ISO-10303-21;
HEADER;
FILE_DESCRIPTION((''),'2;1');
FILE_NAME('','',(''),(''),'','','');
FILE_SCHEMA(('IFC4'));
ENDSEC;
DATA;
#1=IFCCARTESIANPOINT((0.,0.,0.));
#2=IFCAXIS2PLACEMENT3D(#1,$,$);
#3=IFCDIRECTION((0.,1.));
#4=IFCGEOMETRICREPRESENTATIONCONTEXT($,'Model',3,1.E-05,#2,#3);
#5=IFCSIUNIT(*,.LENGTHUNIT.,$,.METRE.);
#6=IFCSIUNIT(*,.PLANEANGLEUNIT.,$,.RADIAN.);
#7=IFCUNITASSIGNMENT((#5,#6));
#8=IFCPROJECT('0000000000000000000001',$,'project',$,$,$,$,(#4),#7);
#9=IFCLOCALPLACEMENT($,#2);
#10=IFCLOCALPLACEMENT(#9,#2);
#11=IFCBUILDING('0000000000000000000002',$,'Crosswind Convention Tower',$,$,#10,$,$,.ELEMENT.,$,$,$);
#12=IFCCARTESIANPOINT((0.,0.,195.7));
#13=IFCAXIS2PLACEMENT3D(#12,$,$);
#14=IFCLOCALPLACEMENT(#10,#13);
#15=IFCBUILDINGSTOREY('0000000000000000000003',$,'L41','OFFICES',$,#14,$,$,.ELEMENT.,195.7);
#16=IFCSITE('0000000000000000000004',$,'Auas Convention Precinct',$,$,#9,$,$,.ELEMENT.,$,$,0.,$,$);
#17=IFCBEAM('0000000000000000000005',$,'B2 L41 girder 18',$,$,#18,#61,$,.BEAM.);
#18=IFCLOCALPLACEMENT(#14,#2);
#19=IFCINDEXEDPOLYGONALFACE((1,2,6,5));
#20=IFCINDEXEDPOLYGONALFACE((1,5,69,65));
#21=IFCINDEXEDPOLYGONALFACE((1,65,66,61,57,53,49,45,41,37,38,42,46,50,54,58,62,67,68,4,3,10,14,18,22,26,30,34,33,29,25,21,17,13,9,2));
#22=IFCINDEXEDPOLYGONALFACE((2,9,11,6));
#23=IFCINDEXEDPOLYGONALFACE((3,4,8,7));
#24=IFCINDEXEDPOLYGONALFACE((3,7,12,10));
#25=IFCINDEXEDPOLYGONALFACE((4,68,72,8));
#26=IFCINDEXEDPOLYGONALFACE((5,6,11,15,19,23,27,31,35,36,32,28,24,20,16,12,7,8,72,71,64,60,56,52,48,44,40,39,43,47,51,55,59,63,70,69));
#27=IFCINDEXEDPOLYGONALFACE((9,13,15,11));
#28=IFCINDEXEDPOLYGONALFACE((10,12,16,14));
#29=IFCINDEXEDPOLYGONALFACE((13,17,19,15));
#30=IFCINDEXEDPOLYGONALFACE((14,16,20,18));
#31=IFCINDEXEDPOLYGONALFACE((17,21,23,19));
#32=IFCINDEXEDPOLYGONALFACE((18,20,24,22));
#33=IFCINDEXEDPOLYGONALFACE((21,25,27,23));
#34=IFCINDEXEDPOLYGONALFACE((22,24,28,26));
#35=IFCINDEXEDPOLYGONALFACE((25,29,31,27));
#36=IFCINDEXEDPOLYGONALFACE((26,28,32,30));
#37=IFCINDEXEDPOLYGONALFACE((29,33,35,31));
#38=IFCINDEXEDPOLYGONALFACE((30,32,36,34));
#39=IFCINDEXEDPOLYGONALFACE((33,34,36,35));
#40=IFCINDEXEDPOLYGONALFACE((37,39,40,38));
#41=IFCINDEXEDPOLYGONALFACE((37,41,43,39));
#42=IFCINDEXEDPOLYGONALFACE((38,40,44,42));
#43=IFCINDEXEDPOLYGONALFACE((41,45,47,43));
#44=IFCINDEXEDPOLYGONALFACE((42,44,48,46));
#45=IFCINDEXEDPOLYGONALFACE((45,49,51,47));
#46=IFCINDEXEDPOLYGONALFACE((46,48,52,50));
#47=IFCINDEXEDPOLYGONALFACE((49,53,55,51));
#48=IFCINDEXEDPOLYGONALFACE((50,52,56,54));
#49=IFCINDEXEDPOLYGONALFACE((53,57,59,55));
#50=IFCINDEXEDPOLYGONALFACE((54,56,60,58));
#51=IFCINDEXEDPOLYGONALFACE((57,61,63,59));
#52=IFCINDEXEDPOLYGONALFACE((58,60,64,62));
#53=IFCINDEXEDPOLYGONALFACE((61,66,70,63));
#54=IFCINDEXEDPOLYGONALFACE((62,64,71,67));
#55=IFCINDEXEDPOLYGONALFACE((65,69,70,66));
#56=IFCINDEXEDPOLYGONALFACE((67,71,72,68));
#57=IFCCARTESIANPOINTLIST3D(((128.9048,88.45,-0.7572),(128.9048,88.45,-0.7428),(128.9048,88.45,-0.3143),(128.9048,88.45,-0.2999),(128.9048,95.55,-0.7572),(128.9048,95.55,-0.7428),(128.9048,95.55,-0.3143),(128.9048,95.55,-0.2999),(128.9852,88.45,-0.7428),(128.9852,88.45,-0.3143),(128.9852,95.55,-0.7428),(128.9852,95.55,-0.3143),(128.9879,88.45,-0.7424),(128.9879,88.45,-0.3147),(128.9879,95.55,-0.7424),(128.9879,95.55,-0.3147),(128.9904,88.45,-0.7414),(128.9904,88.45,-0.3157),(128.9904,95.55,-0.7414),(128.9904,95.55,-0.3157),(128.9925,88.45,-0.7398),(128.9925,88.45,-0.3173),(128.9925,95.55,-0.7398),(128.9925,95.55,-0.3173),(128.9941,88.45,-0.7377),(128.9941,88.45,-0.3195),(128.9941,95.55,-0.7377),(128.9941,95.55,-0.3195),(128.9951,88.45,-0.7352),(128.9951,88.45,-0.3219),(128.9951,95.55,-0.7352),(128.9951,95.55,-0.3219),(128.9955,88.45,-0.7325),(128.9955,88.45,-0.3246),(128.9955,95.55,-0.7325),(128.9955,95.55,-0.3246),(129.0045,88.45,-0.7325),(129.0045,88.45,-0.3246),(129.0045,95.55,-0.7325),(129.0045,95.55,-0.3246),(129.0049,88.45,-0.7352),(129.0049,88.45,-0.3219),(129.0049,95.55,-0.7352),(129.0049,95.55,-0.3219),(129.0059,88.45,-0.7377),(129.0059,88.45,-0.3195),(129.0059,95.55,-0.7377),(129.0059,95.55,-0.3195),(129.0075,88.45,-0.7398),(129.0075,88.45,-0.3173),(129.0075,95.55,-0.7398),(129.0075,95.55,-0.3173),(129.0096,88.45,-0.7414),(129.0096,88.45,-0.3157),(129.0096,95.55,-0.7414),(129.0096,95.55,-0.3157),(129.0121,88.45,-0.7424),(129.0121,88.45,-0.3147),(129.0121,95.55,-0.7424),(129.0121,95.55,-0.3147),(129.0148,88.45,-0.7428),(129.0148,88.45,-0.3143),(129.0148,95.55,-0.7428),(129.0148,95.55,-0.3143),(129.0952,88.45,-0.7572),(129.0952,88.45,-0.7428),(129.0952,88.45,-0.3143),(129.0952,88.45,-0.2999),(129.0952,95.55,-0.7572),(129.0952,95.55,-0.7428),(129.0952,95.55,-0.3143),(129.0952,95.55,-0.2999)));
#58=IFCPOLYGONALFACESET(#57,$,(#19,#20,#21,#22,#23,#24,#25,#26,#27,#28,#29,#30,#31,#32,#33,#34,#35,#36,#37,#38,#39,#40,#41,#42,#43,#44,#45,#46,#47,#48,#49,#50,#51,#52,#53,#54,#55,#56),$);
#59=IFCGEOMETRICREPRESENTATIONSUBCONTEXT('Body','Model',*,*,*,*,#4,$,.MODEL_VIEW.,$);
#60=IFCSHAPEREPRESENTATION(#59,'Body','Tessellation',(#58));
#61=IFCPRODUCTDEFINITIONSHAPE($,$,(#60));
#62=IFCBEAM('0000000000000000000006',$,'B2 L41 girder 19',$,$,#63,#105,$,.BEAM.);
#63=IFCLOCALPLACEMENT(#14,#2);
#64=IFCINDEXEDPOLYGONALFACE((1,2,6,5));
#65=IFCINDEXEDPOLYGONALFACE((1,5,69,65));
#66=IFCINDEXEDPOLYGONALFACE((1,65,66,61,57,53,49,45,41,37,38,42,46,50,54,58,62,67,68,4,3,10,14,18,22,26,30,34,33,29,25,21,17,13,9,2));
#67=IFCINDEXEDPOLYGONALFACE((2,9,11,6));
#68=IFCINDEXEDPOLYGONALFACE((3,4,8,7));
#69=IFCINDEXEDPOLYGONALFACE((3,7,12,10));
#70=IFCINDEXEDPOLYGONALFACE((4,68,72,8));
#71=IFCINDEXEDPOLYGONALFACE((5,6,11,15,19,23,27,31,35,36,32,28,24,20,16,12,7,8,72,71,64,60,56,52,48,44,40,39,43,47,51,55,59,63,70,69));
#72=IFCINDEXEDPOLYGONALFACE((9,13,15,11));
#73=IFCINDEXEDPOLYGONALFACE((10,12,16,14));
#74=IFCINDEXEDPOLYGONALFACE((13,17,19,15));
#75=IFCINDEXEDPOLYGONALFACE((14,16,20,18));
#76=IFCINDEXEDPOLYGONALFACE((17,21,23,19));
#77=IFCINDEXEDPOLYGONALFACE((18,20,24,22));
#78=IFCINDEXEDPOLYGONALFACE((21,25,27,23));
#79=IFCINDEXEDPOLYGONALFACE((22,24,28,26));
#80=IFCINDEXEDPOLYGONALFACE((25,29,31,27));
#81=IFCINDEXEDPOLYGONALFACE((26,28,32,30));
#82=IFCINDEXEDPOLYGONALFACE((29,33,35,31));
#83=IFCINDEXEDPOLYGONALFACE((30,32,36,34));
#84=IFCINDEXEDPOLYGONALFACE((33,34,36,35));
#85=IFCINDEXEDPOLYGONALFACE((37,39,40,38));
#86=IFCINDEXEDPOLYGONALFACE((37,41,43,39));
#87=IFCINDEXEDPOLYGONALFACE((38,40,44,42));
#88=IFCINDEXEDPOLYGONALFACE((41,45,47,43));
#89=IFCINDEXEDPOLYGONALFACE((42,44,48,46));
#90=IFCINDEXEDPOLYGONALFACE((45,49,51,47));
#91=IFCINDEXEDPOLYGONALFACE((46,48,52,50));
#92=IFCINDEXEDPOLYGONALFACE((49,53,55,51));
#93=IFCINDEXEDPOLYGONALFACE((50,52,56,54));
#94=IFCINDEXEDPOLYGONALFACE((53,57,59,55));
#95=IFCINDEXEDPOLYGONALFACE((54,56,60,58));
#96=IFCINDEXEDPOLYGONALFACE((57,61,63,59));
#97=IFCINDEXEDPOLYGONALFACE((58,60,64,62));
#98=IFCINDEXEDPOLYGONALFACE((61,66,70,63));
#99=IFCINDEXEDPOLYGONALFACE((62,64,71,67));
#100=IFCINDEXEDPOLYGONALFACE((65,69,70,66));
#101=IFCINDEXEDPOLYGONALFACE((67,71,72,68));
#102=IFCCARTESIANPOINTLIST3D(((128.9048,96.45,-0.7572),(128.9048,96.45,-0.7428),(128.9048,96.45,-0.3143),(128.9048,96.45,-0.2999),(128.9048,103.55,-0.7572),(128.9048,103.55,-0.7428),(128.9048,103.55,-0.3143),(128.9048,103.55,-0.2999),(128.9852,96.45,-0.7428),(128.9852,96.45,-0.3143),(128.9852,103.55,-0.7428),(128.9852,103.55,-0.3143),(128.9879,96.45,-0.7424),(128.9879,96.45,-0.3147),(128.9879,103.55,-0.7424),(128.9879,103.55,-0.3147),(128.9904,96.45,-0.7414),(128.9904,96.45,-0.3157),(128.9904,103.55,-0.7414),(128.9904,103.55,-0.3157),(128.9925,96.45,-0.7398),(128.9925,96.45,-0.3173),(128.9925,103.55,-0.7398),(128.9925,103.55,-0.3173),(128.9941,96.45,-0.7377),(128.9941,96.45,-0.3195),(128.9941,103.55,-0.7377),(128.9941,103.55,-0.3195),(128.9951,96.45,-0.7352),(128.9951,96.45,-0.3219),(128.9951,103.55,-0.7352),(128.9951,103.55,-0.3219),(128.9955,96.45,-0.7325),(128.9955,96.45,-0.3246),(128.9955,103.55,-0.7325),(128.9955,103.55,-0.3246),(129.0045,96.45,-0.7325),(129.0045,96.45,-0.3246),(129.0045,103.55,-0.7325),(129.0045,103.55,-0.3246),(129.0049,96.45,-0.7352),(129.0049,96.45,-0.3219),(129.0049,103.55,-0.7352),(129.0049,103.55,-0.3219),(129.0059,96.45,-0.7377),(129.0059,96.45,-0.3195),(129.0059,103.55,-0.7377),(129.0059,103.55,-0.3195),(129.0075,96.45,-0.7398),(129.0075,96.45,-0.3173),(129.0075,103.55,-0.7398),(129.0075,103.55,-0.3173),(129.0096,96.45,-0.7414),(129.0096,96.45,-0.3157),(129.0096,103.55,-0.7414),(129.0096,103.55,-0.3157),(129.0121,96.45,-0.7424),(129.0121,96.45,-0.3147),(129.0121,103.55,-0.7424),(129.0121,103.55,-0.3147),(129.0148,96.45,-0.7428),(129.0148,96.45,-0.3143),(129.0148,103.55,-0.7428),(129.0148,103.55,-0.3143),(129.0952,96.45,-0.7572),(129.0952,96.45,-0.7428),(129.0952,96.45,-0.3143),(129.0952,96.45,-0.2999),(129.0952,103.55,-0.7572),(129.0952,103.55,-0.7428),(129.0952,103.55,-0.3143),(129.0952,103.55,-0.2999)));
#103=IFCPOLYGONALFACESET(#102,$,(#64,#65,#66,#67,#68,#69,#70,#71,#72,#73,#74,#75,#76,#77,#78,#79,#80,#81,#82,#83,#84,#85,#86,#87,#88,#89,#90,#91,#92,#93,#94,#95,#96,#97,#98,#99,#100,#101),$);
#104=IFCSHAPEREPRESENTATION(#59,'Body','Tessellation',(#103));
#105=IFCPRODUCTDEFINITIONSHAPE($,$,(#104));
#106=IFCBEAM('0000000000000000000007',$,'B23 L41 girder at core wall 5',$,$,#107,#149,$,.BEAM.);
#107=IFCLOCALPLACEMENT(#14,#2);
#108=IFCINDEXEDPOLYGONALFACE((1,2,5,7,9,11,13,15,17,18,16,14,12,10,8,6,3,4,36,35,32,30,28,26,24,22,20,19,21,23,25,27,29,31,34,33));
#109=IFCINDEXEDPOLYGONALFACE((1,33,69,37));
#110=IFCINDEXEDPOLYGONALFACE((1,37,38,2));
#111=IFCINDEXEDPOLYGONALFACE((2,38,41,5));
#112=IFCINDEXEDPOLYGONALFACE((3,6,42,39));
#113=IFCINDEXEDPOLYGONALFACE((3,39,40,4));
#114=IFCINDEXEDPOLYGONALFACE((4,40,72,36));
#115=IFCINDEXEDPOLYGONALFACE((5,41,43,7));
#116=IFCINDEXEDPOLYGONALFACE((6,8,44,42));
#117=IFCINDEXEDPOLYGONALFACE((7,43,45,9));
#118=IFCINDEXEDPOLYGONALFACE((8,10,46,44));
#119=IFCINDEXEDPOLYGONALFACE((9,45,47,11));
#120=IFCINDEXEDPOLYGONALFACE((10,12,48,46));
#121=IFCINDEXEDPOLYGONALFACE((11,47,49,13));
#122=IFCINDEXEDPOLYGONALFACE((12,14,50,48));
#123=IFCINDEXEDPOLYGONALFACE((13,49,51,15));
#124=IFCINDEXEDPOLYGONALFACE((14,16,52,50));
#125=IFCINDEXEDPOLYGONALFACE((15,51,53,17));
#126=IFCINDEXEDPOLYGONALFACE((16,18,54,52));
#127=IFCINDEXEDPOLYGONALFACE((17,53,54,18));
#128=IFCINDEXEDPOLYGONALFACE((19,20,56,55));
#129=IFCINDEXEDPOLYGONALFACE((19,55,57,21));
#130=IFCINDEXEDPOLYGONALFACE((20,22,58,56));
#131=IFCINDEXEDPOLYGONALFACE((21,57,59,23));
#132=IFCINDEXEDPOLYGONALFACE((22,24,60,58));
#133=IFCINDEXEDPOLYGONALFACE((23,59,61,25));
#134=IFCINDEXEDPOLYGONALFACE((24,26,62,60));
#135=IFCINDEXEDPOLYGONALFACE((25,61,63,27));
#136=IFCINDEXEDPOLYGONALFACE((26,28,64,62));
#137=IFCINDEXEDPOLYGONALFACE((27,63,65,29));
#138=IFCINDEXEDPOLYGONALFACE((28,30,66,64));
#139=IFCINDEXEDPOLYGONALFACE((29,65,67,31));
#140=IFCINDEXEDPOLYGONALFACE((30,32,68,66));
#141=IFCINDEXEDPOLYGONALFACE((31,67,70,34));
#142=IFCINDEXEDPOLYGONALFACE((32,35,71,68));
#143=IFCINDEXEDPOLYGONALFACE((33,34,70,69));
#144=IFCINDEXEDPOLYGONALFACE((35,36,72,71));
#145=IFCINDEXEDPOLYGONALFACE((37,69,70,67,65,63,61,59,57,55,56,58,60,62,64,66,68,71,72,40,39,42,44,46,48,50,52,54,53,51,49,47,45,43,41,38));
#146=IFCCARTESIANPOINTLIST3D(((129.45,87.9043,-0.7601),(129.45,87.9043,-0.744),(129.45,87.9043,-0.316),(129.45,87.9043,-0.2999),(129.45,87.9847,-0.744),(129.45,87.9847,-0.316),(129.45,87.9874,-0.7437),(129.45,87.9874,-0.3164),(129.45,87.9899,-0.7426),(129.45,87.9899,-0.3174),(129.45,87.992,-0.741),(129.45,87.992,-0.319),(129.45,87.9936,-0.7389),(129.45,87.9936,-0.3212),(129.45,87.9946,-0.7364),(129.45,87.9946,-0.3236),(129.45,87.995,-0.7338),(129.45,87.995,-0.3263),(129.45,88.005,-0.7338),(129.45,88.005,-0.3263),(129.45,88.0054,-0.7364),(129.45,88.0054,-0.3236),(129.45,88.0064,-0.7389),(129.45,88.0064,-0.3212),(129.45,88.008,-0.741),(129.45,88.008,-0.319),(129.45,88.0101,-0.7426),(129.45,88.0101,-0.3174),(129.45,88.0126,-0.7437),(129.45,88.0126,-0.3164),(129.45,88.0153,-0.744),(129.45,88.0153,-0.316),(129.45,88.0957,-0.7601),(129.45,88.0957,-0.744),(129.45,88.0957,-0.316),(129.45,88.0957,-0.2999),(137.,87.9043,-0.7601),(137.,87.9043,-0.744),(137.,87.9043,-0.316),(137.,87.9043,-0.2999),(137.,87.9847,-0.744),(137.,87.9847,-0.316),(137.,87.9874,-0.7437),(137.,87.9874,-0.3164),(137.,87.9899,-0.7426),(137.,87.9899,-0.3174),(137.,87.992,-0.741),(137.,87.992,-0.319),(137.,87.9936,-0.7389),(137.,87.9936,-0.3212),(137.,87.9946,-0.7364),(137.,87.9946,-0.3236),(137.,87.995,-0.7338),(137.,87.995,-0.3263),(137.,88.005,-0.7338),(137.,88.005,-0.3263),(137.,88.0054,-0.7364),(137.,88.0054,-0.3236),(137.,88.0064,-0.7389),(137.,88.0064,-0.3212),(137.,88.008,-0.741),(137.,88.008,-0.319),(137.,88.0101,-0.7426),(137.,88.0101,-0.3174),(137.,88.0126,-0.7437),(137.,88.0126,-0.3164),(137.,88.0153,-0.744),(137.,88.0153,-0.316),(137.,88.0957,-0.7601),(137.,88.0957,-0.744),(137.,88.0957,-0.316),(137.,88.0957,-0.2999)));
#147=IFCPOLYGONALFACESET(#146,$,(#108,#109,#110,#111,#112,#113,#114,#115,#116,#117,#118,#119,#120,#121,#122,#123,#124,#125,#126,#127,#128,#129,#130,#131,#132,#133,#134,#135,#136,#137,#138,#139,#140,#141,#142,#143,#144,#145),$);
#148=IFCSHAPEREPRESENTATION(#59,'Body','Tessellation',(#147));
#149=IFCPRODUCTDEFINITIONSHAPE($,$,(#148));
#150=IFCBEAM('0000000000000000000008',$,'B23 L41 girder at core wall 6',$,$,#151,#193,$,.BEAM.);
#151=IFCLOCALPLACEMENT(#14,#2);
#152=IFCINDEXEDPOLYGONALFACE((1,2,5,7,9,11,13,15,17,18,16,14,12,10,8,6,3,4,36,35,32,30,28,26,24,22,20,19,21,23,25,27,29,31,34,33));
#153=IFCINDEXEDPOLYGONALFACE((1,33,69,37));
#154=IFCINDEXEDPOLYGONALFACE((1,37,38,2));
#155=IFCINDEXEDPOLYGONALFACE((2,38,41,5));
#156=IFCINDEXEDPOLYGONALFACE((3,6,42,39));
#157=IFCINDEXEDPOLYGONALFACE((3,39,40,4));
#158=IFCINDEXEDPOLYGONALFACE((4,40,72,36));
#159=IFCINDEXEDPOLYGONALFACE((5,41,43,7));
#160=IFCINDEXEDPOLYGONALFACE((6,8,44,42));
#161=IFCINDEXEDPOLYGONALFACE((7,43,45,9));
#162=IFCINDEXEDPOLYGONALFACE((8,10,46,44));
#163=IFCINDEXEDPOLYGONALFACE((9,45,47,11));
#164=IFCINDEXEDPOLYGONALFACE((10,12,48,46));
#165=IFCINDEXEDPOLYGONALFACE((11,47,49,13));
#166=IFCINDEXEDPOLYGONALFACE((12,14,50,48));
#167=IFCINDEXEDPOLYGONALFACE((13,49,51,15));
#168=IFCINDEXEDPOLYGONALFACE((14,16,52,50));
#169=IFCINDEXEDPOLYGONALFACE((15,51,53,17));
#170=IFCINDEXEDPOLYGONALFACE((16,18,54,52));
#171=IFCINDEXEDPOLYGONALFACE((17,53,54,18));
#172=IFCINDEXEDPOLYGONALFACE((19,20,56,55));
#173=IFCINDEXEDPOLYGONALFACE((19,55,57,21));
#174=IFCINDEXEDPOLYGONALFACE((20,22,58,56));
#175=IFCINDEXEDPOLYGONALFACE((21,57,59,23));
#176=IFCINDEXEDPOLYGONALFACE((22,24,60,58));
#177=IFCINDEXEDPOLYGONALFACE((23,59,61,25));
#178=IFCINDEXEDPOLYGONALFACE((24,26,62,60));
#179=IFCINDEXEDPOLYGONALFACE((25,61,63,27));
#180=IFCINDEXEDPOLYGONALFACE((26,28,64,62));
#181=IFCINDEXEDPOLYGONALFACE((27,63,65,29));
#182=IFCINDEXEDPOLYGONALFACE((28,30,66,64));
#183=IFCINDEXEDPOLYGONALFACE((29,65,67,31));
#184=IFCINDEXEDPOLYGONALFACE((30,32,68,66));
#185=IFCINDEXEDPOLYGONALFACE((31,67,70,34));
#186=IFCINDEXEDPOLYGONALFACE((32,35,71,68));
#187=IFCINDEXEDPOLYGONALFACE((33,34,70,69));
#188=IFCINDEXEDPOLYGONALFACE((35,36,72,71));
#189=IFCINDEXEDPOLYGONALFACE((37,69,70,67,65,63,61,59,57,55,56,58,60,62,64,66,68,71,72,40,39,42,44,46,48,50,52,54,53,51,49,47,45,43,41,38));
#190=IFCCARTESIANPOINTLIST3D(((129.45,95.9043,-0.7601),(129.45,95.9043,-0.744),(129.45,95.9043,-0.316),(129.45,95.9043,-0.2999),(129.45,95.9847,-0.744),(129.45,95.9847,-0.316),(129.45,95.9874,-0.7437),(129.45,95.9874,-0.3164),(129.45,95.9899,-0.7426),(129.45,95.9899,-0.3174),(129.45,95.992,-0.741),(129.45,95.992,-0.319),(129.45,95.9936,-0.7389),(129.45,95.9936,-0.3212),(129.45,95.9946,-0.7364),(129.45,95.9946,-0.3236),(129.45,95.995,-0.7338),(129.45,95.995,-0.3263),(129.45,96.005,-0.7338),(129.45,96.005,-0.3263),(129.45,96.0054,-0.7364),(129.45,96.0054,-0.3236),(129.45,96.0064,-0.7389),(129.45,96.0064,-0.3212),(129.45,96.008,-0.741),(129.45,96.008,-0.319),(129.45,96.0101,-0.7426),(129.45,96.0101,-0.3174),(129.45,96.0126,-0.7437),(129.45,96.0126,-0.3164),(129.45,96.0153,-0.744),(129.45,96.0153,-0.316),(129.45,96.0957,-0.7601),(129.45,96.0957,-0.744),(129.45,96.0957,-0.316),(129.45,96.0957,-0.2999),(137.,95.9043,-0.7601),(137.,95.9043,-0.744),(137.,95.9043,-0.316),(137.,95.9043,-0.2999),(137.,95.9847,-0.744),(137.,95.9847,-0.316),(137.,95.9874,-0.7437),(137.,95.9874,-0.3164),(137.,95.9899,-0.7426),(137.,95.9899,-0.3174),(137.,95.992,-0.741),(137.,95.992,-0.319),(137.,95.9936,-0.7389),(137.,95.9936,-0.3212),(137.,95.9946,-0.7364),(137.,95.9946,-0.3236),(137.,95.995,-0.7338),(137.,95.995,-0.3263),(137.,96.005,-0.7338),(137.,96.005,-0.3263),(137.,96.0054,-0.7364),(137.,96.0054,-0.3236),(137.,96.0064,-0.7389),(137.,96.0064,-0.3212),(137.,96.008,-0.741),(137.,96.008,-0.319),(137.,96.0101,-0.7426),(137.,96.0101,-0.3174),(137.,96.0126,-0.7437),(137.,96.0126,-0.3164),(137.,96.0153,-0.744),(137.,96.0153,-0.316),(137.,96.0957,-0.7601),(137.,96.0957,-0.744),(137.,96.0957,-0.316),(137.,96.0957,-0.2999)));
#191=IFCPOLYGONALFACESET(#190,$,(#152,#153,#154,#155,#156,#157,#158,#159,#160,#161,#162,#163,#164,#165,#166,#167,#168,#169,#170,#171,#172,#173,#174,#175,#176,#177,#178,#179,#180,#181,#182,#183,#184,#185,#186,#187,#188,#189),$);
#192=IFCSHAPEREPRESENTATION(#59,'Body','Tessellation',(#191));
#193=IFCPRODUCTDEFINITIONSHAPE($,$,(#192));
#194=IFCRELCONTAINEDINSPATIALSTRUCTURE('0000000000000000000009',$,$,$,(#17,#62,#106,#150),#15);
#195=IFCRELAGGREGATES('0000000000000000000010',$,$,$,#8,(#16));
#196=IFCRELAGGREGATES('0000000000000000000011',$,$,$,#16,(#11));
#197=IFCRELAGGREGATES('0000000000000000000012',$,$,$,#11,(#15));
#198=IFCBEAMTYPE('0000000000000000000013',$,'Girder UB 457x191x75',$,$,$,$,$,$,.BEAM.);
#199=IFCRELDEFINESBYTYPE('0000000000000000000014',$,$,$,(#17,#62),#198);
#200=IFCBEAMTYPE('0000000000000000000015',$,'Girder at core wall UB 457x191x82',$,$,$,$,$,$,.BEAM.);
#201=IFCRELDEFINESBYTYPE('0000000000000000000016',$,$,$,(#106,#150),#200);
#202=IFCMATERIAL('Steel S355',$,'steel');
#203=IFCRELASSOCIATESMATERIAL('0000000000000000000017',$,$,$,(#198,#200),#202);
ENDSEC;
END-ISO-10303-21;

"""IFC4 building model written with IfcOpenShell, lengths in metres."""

from ifc_helpers import new_model, si_unit, direction, frame, origin, origin_2d, place, context, subcontext, project, spatial, i_section, extrude, material, material_profile, profile_set, type_object, element, save


model = new_model("IFC4")

# Units and contexts
model_context = context("Model", 3, precision=1e-05, world=origin(), true_north=direction((0.0, 1.0)))
body_context = subcontext(model_context, "Body", "Model", "MODEL_VIEW")
ifc_project = project(units=[si_unit("LENGTHUNIT", "METRE"), si_unit("PLANEANGLEUNIT", "RADIAN")], contexts=[model_context])

# Site, building, storey
site_placement = place(None, origin())
site = spatial("IfcSite", under=ifc_project, at=site_placement, Name="Auas Convention Precinct", CompositionType="ELEMENT", RefElevation=0.0)
building_placement = place(site_placement, origin())
building = spatial("IfcBuilding", under=site, at=building_placement, Name="Crosswind Convention Tower", CompositionType="ELEMENT")
storey_placement = place(building_placement, frame((0.0, 0.0, 195.7)))
storey = spatial("IfcBuildingStorey", under=building, at=storey_placement, Name="L41", Description="OFFICES", CompositionType="ELEMENT", Elevation=195.7)

# Beams
ifc_material_1 = material(Name="Steel S355", Category="steel")
ifc_material_profile_1 = material_profile(ifc_material_1, i_section(OverallWidth=0.1904, OverallDepth=0.4573, WebThickness=0.009, FlangeThickness=0.0144, FilletRadius=0.0103, at=origin_2d()), Name="UB 457x191x75")
ifc_profile_set_1 = profile_set([ifc_material_profile_1], Name="Steel S355")
beam_type_1 = type_object("IfcBeamType", Name="Girder UB 457x191x75", PredefinedType="BEAM", material=ifc_profile_set_1)
for number, where, z_axis, x_axis, name in (
    (1, (129.0, 88.45, -0.5286), (0.0, 1.0, 0.0), (-1.0, 0.0, 0.0), "B2 L41 girder 18"),
    (2, (129.0, 96.45, -0.5286), (0.0, 1.0, 0.0), (-1.0, 0.0, 0.0), "B2 L41 girder 19"),
):
    element("IfcBeam", number, at=place(storey_placement, frame(where, z_axis=z_axis, x_axis=x_axis)), inside=storey, type_object=beam_type_1, Name=name, PredefinedType="BEAM", context=body_context, shape_type="SweptSolid", body=[
        extrude(i_section(OverallWidth=0.1904, OverallDepth=0.4573, WebThickness=0.009, FlangeThickness=0.0144, FilletRadius=0.0103, at=origin_2d()), origin(), (0.0, 0.0, 1.0), 7.1001),
    ])
ifc_material_profile_2 = material_profile(ifc_material_1, i_section(OverallWidth=0.1914, OverallDepth=0.4602, WebThickness=0.01, FlangeThickness=0.0161, FilletRadius=0.0103, at=origin_2d()), Name="UB 457x191x82")
ifc_profile_set_2 = profile_set([ifc_material_profile_2], Name="Steel S355")
beam_type_2 = type_object("IfcBeamType", Name="Girder at core wall UB 457x191x82", PredefinedType="BEAM", material=ifc_profile_set_2)
for number, where, z_axis, x_axis, name in (
    (3, (129.45, 88.0, -0.53), (1.0, 0.0, 0.0), (0.0, 1.0, 0.0), "B23 L41 girder at core wall 5"),
    (4, (129.45, 96.0, -0.53), (1.0, 0.0, 0.0), (0.0, 1.0, 0.0), "B23 L41 girder at core wall 6"),
):
    element("IfcBeam", number, at=place(storey_placement, frame(where, z_axis=z_axis, x_axis=x_axis)), inside=storey, type_object=beam_type_2, Name=name, PredefinedType="BEAM", context=body_context, shape_type="SweptSolid", body=[
        extrude(i_section(OverallWidth=0.1914, OverallDepth=0.4602, WebThickness=0.01, FlangeThickness=0.0161, FilletRadius=0.0103, at=origin_2d()), origin(), (0.0, 0.0, 1.0), 7.55),
    ])

save(model, "model.ifc")
